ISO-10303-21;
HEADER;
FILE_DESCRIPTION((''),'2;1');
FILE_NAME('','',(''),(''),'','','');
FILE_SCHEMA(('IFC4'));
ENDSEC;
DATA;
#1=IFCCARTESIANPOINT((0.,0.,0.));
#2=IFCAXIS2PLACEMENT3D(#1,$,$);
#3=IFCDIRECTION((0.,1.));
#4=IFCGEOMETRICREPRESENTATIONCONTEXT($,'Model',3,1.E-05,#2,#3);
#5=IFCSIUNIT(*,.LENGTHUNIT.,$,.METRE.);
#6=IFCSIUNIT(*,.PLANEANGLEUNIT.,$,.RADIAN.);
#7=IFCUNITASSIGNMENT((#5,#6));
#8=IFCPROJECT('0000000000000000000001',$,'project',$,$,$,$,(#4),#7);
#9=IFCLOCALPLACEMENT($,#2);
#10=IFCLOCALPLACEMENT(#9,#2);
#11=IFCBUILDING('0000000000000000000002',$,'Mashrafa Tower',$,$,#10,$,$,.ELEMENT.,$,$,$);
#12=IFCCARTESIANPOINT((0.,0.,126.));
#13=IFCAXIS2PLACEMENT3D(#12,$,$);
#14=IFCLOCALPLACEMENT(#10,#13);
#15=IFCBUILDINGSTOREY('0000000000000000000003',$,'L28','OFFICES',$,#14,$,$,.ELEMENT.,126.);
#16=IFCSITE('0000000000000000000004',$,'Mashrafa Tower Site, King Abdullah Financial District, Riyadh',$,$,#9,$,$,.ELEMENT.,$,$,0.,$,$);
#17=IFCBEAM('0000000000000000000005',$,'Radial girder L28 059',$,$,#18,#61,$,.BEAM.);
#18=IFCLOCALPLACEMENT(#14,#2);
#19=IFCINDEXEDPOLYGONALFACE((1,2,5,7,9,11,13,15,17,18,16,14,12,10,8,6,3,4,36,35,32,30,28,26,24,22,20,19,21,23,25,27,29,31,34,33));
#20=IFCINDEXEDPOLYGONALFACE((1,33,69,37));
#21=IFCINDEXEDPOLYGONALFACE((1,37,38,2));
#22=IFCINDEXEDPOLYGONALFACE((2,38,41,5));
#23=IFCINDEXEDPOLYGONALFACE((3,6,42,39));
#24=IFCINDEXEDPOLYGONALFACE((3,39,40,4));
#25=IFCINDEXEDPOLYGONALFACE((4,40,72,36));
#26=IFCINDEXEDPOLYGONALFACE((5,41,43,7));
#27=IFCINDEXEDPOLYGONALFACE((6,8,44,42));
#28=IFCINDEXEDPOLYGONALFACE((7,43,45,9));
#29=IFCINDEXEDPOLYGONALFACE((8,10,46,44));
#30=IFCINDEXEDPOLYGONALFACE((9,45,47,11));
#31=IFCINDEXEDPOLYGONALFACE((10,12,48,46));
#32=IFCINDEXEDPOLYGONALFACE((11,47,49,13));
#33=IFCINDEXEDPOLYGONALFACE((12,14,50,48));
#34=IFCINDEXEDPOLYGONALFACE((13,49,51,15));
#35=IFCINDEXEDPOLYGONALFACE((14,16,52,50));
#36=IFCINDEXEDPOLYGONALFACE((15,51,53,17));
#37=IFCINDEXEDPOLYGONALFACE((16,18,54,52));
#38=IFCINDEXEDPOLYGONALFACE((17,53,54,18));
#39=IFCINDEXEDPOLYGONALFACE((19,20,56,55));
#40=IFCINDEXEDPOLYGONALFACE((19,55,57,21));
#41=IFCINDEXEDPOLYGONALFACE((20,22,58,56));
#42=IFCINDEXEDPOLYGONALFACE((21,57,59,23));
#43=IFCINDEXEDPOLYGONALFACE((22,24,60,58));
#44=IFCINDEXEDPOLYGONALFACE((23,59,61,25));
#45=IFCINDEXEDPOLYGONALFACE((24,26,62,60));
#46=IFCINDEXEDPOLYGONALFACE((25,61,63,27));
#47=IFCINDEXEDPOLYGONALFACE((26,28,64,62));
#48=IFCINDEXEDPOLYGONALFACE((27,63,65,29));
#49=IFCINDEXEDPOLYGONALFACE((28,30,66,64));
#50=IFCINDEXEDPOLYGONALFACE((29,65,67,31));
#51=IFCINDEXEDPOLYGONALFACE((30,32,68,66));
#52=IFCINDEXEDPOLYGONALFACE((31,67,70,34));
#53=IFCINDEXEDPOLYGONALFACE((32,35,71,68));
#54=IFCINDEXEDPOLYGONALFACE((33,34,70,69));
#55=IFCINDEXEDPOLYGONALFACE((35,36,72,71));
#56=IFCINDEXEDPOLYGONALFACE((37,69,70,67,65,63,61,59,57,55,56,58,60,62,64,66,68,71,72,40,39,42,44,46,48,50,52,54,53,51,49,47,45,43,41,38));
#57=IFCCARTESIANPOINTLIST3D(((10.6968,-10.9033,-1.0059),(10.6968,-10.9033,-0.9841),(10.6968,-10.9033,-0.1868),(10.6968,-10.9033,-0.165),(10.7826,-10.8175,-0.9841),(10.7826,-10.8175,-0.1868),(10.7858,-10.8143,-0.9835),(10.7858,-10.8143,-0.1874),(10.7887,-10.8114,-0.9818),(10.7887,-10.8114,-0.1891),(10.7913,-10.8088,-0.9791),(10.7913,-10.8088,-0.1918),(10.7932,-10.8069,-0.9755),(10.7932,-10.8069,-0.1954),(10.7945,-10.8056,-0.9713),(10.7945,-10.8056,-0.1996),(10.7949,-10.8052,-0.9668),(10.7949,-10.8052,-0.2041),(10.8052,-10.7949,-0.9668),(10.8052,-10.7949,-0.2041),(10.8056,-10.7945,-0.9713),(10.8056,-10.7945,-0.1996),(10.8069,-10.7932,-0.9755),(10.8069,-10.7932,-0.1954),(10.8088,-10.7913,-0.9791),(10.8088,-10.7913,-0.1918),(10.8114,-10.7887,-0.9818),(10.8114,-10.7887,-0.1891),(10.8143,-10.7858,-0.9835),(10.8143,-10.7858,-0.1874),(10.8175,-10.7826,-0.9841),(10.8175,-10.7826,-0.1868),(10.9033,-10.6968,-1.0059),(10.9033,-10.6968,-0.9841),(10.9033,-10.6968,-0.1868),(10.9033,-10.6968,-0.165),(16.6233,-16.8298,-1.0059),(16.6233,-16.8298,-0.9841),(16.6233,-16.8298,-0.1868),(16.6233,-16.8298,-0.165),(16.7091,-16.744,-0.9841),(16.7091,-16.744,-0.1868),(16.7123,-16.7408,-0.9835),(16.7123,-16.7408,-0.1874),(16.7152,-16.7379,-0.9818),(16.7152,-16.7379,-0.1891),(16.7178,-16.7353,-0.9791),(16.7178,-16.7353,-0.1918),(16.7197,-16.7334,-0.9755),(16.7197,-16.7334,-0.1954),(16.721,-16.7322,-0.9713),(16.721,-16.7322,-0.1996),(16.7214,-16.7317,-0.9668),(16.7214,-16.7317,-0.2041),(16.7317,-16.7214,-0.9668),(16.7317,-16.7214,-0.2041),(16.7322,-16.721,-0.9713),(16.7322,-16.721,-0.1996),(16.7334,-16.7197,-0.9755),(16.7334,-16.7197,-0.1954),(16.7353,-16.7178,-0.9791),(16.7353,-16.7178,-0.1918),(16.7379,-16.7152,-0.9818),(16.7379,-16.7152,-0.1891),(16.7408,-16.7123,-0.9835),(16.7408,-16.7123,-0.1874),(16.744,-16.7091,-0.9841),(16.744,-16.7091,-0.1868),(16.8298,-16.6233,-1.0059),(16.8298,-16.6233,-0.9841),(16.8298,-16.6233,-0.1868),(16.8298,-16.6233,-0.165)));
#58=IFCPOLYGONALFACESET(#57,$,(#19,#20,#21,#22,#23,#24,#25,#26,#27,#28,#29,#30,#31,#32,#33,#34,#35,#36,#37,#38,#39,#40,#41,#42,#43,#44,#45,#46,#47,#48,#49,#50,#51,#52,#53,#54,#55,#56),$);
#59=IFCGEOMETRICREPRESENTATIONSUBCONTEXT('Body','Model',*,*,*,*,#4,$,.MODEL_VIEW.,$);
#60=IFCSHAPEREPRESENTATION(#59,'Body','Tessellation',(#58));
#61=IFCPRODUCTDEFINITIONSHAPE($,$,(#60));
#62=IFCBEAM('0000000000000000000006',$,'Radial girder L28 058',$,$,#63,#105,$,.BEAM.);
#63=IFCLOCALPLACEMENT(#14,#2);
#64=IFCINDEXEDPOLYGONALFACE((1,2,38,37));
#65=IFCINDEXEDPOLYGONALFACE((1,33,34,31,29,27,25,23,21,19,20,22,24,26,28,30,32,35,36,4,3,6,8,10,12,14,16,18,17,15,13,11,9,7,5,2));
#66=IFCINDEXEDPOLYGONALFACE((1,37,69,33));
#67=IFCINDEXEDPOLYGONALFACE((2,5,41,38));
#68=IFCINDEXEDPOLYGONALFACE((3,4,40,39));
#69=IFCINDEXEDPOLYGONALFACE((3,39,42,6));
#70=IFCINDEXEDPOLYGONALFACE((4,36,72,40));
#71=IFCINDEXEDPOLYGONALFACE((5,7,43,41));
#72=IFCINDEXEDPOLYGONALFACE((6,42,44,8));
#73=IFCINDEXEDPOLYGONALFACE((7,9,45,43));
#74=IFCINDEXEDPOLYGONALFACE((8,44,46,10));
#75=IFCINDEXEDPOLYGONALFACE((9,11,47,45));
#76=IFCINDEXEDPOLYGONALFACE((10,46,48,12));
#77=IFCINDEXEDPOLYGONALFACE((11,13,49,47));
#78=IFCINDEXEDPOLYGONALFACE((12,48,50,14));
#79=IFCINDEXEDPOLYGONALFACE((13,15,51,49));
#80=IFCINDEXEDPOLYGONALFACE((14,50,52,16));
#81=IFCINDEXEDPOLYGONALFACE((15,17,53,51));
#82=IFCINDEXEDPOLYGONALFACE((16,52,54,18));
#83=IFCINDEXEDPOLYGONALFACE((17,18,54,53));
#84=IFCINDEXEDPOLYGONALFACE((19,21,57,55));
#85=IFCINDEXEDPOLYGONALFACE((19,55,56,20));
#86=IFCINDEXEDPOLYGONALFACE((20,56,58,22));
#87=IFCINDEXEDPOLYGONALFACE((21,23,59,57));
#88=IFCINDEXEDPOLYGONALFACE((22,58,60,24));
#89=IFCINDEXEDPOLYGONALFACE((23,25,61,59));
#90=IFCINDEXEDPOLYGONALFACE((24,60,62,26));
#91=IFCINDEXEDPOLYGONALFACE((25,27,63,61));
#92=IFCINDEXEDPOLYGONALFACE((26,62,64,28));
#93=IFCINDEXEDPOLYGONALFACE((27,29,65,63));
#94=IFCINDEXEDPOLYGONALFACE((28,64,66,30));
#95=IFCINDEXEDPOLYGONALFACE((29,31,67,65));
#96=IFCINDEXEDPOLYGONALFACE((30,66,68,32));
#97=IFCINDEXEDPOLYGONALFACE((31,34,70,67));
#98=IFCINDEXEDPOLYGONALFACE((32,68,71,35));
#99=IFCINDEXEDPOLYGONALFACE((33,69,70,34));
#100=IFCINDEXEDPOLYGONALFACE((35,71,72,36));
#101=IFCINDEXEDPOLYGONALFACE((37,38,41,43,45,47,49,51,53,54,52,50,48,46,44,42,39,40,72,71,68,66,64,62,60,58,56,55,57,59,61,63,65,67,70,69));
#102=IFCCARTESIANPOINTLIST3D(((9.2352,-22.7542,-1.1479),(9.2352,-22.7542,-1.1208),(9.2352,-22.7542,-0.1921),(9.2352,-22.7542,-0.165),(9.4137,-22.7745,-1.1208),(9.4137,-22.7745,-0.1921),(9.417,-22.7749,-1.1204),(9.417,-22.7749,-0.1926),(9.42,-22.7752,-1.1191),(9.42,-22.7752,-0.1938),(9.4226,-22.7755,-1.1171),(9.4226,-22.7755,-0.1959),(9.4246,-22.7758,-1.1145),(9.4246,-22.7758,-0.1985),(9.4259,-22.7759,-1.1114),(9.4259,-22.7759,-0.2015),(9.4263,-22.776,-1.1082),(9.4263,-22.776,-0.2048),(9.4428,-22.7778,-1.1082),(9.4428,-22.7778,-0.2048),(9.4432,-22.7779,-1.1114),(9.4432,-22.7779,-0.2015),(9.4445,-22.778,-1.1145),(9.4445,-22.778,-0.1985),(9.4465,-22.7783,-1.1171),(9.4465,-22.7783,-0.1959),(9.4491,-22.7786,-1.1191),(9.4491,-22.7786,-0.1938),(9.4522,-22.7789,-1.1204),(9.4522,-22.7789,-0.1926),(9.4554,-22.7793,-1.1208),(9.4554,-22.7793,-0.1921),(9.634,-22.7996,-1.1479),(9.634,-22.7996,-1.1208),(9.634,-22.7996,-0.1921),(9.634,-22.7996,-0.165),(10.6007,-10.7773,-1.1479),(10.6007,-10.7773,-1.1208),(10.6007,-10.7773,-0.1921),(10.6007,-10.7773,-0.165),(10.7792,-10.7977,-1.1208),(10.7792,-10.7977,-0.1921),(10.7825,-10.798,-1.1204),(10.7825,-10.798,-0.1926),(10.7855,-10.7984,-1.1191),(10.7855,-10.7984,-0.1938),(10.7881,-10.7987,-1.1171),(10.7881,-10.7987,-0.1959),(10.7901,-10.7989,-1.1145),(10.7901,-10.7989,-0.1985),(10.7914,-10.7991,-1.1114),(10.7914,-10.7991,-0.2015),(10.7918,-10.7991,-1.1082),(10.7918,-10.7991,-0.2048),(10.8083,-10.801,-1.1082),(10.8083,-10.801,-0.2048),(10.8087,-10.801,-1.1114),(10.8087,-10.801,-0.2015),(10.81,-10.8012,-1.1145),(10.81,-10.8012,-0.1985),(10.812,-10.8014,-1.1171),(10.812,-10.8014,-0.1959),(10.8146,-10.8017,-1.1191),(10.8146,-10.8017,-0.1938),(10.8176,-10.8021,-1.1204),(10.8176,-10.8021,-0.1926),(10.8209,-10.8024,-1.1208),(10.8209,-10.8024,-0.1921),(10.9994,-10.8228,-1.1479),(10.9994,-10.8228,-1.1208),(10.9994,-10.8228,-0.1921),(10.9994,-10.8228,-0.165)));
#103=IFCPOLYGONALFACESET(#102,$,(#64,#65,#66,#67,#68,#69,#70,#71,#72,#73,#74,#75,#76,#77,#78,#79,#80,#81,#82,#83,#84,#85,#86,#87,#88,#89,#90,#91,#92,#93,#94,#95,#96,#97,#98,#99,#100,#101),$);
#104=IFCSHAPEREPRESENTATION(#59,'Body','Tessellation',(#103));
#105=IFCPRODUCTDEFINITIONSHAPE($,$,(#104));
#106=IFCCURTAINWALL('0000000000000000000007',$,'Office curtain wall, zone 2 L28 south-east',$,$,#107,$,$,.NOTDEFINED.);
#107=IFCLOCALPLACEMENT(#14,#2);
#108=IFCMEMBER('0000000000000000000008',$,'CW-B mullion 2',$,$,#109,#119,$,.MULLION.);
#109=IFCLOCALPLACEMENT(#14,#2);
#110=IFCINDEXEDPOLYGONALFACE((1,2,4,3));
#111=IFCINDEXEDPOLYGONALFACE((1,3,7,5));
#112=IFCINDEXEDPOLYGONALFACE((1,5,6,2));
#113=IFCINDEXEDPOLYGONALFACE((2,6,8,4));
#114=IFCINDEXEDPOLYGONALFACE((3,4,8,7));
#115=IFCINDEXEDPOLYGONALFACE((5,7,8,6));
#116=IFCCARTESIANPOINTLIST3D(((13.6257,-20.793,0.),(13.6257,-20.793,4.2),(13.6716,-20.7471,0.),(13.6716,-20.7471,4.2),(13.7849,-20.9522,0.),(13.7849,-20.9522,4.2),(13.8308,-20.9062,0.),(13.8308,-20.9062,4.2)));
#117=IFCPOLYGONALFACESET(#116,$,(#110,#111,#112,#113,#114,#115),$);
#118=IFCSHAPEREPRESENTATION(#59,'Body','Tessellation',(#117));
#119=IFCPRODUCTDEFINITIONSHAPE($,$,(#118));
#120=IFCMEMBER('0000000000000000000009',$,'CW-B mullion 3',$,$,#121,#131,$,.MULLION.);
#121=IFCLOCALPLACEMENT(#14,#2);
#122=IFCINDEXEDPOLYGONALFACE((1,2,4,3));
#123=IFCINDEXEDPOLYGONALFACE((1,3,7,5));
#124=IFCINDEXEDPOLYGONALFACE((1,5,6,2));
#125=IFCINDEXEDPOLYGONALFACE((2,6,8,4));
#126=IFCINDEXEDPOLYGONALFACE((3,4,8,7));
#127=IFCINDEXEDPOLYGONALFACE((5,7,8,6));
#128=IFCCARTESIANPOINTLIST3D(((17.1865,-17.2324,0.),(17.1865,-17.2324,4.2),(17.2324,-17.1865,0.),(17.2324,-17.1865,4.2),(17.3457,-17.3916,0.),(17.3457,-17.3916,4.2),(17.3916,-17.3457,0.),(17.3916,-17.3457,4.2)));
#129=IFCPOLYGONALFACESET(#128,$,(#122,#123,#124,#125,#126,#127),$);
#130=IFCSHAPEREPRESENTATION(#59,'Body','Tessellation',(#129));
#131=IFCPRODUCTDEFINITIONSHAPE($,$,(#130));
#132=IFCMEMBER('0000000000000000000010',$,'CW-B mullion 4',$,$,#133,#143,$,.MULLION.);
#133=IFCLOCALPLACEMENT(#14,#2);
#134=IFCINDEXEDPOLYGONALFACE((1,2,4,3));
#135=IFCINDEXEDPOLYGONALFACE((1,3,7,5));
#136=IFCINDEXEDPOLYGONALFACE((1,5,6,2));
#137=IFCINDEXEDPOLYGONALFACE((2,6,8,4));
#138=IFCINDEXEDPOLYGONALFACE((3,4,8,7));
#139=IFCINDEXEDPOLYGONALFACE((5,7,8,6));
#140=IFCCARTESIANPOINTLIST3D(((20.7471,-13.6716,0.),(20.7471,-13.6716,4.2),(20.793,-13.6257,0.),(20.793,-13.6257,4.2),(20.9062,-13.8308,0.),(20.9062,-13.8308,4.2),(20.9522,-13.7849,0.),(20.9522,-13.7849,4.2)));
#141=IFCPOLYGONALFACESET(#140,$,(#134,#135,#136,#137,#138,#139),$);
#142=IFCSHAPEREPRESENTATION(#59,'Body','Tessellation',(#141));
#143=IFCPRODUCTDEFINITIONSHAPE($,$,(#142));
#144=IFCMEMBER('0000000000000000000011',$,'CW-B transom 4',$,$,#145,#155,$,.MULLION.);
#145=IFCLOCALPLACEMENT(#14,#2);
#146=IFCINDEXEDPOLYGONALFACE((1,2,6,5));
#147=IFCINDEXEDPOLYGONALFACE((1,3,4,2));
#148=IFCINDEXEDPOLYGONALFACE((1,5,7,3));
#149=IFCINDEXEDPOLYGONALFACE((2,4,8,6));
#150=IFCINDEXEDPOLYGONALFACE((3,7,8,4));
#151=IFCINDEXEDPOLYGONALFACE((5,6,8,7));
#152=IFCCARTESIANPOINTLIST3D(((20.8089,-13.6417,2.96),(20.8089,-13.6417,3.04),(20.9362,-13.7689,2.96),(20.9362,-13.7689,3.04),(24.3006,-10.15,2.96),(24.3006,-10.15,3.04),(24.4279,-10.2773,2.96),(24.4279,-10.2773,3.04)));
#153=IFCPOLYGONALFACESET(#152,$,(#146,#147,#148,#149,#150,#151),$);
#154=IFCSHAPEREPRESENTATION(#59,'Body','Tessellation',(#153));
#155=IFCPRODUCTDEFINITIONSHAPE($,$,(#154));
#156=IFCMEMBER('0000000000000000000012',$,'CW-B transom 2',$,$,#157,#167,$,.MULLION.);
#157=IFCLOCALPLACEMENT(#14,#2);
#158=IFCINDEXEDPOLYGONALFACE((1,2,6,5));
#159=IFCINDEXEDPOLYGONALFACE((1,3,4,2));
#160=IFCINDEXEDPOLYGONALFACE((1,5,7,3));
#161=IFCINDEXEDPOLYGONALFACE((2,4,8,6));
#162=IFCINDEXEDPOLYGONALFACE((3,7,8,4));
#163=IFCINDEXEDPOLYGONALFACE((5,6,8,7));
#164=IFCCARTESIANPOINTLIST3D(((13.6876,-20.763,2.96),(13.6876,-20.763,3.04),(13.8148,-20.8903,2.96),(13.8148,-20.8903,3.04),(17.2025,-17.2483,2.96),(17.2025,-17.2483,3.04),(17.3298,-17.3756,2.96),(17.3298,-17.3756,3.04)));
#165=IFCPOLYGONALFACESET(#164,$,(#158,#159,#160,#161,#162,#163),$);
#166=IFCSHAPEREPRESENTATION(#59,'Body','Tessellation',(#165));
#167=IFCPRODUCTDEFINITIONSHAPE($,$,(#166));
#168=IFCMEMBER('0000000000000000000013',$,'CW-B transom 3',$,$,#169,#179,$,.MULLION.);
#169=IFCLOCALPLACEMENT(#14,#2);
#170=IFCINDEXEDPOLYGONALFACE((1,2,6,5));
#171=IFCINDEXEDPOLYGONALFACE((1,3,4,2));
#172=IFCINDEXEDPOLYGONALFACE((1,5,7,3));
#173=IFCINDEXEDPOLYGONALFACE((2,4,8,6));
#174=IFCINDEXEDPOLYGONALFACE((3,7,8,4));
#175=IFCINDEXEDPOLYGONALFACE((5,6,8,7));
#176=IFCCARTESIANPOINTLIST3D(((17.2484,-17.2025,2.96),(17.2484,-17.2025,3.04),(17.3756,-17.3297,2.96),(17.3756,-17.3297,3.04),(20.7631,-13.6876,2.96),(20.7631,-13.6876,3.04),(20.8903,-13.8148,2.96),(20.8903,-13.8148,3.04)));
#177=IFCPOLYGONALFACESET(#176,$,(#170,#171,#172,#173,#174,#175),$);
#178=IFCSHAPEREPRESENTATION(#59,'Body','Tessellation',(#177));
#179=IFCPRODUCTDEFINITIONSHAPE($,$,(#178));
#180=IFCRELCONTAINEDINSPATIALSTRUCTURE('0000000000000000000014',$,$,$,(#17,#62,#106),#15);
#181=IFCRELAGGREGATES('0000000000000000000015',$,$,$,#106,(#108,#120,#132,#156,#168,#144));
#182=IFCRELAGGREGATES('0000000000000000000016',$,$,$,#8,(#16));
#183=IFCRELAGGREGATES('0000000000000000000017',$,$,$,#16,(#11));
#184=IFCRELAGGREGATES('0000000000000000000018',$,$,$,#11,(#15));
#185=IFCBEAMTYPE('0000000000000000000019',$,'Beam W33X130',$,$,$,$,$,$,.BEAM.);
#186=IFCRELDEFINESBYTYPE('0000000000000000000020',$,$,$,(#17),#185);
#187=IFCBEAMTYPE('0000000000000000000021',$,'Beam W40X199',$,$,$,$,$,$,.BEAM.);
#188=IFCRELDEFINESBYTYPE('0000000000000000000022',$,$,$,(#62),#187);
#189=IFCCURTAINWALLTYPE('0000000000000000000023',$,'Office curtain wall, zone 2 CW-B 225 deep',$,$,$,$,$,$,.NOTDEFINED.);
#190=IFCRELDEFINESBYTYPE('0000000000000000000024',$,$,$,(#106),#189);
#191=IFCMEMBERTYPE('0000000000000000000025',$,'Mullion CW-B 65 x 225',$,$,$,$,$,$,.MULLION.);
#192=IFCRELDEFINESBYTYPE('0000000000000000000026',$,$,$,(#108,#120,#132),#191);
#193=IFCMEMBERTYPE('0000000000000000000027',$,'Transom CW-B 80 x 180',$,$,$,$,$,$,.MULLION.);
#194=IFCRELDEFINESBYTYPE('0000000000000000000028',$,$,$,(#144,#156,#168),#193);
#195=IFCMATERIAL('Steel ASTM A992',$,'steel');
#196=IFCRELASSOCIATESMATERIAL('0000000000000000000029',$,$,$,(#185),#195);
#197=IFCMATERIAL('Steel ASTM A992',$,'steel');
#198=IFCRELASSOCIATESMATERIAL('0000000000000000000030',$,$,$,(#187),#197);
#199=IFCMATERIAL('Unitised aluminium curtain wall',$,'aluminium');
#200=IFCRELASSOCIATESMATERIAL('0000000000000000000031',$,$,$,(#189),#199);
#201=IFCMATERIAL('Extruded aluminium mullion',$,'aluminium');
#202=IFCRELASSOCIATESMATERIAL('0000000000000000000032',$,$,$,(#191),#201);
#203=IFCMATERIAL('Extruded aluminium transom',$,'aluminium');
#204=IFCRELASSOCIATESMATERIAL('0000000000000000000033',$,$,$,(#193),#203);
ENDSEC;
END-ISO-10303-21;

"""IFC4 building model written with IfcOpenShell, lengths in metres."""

from ifc_helpers import new_model, si_unit, direction, frame, origin, origin_2d, place, context, subcontext, project, spatial, rectangle, i_section, extrude, source, transform, mapped, material, material_profile, profile_set, type_object, type_shapes, element, aggregate, save


model = new_model("IFC4")

# Units and contexts
model_context = context("Model", 3, precision=1e-05, world=origin(), true_north=direction((0.0, 1.0)))
body_context = subcontext(model_context, "Body", "Model", "MODEL_VIEW")
ifc_project = project(units=[si_unit("LENGTHUNIT", "METRE"), si_unit("PLANEANGLEUNIT", "RADIAN")], contexts=[model_context])

# Site, building, storey
site_placement = place(None, origin())
site = spatial("IfcSite", under=ifc_project, at=site_placement, Name="Mashrafa Tower Site, King Abdullah Financial District, Riyadh", CompositionType="ELEMENT", RefElevation=0.0)
building_placement = place(site_placement, origin())
building = spatial("IfcBuilding", under=site, at=building_placement, Name="Mashrafa Tower", CompositionType="ELEMENT")
storey_placement = place(building_placement, frame((0.0, 0.0, 126.0)))
storey = spatial("IfcBuildingStorey", under=building, at=storey_placement, Name="L28", Description="OFFICES", CompositionType="ELEMENT", Elevation=126.0)

# Beams
ifc_material_1 = material(Name="Steel ASTM A992", Category="steel")
ifc_material_profile_1 = material_profile(ifc_material_1, i_section(OverallWidth=0.292, OverallDepth=0.8408, WebThickness=0.0146, FlangeThickness=0.0217, FilletRadius=0.0173, at=origin_2d()), Name="W33X130")
ifc_profile_set_1 = profile_set([ifc_material_profile_1], Name="Steel ASTM A992")
beam_type_1 = type_object("IfcBeamType", Name="Beam W33X130", PredefinedType="BEAM", material=ifc_profile_set_1)
beam_1_placement = place(storey_placement, frame((10.8, -10.8, -0.5854), z_axis=(0.707107, -0.707107, 0.0), x_axis=(0.707107, 0.707107, 0.0)))
element("IfcBeam", 1, at=beam_1_placement, inside=storey, type_object=beam_type_1, Name="Radial girder L28 059", PredefinedType="BEAM", context=body_context, shape_type="SweptSolid", body=[
    extrude(i_section(OverallWidth=0.292, OverallDepth=0.8408, WebThickness=0.0146, FlangeThickness=0.0217, FilletRadius=0.0173, at=origin_2d()), origin(), (0.0, 0.0, 1.0), 8.3813),
])
ifc_material_2 = material(Name="Steel ASTM A992", Category="steel")
ifc_material_profile_2 = material_profile(ifc_material_2, i_section(OverallWidth=0.4014, OverallDepth=0.9829, WebThickness=0.0166, FlangeThickness=0.0271, FilletRadius=0.0127, at=origin_2d()), Name="W40X199")
ifc_profile_set_2 = profile_set([ifc_material_profile_2], Name="Steel ASTM A992")
beam_type_2 = type_object("IfcBeamType", Name="Beam W40X199", PredefinedType="BEAM", material=ifc_profile_set_2)
beam_2_placement = place(storey_placement, frame((10.8, -10.8, -0.6565), z_axis=(-0.113276, -0.993564, 0.0), x_axis=(0.993564, -0.113276, 0.0)))
element("IfcBeam", 2, at=beam_2_placement, inside=storey, type_object=beam_type_2, Name="Radial girder L28 058", PredefinedType="BEAM", context=body_context, shape_type="SweptSolid", body=[
    extrude(i_section(OverallWidth=0.4014, OverallDepth=0.9829, WebThickness=0.0166, FlangeThickness=0.0271, FilletRadius=0.0127, at=origin_2d()), origin(), (0.0, 0.0, 1.0), 12.0544),
])

# Curtain wall, members
ifc_material_3 = material(Name="Unitised aluminium curtain wall", Category="aluminium")
curtain_wall_type = type_object("IfcCurtainWallType", Name="Office curtain wall, zone 2 CW-B 225 deep", PredefinedType="NOTDEFINED", material=ifc_material_3)
curtain_wall_placement = place(storey_placement, origin())
curtain_wall = element("IfcCurtainWall", 3, at=curtain_wall_placement, inside=storey, type_object=curtain_wall_type, Name="Office curtain wall, zone 2 L28 south-east", PredefinedType="NOTDEFINED")
ifc_material_4 = material(Name="Extruded aluminium mullion", Category="aluminium")
ifc_material_profile_3 = material_profile(ifc_material_4, rectangle(XDim=0.2251, YDim=0.0649, at=origin_2d()), Name="Mullion 65x225")
ifc_profile_set_3 = profile_set([ifc_material_profile_3], Name="Extruded aluminium mullion")
member_type_1 = type_object("IfcMemberType", Name="Mullion CW-B 65 x 225", PredefinedType="MULLION", material=ifc_profile_set_3)
shared_shape_1 = source(origin(), body_context, "Body", "SweptSolid", [
    extrude(rectangle(XDim=0.2251, YDim=0.0649, at=origin_2d()), origin(), (0.0, 0.0, 1.0), 4.2),
])
type_shapes(member_type_1, [shared_shape_1])
member_1_placement = place(storey_placement, frame((13.7283, -20.8496, 0.0), z_axis=(0.0, 0.0, 1.0), x_axis=(-0.707107, 0.707107, 0.0)))
member_1 = element("IfcMember", 4, at=member_1_placement, type_object=member_type_1, Name="CW-B mullion 2", PredefinedType="MULLION", context=body_context, shape_type="MappedRepresentation", body=[
    mapped(shared_shape_1, transform((0.0, 0.0, 0.0))),
])
member_2_placement = place(storey_placement, frame((17.2891, -17.2891, 0.0), z_axis=(0.0, 0.0, 1.0), x_axis=(-0.707107, 0.707107, 0.0)))
member_2 = element("IfcMember", 5, at=member_2_placement, type_object=member_type_1, Name="CW-B mullion 3", PredefinedType="MULLION", context=body_context, shape_type="MappedRepresentation", body=[
    mapped(shared_shape_1, transform((0.0, 0.0, 0.0))),
])
member_3_placement = place(storey_placement, frame((20.8496, -13.7283, 0.0), z_axis=(0.0, 0.0, 1.0), x_axis=(-0.707107, 0.707107, 0.0)))
member_3 = element("IfcMember", 6, at=member_3_placement, type_object=member_type_1, Name="CW-B mullion 4", PredefinedType="MULLION", context=body_context, shape_type="MappedRepresentation", body=[
    mapped(shared_shape_1, transform((0.0, 0.0, 0.0))),
])
ifc_material_5 = material(Name="Extruded aluminium transom", Category="aluminium")
ifc_material_profile_4 = material_profile(ifc_material_5, rectangle(XDim=0.1799, YDim=0.0801, at=origin_2d()), Name="Transom 80x180")
ifc_profile_set_4 = profile_set([ifc_material_profile_4], Name="Extruded aluminium transom")
member_type_2 = type_object("IfcMemberType", Name="Transom CW-B 80 x 180", PredefinedType="MULLION", material=ifc_profile_set_4)
shared_shape_2 = source(origin(), body_context, "Body", "SweptSolid", [
    extrude(rectangle(XDim=0.1799, YDim=0.0801, at=origin_2d()), origin(), (0.0, 0.0, 1.0), 4.938),
])
member_4_placement = place(storey_placement, frame((20.8726, -13.7053, 3.0), z_axis=(0.707107, 0.707107, 0.0), x_axis=(-0.707107, 0.707107, 0.0)))
member_4 = element("IfcMember", 7, at=member_4_placement, type_object=member_type_2, Name="CW-B transom 4", PredefinedType="MULLION", context=body_context, shape_type="MappedRepresentation", body=[
    mapped(shared_shape_2, transform((0.0, 0.0, 0.0))),
])
shared_shape_3 = source(origin(), body_context, "Body", "SweptSolid", [
    extrude(rectangle(XDim=0.1799, YDim=0.0801, at=origin_2d()), origin(), (0.0, 0.0, 1.0), 4.9707),
])
type_shapes(member_type_2, [shared_shape_2, shared_shape_3])
member_5_placement = place(storey_placement, frame((13.7512, -20.8267, 3.0), z_axis=(0.707131, 0.707082, 0.0), x_axis=(-0.707082, 0.707131, 0.0)))
member_5 = element("IfcMember", 8, at=member_5_placement, type_object=member_type_2, Name="CW-B transom 2", PredefinedType="MULLION", context=body_context, shape_type="MappedRepresentation", body=[
    mapped(shared_shape_3, transform((0.0, 0.0, 0.0))),
])
member_6_placement = place(storey_placement, frame((17.312, -17.2661, 3.0), z_axis=(0.707082, 0.707131, 0.0), x_axis=(-0.707131, 0.707082, 0.0)))
member_6 = element("IfcMember", 9, at=member_6_placement, type_object=member_type_2, Name="CW-B transom 3", PredefinedType="MULLION", context=body_context, shape_type="MappedRepresentation", body=[
    mapped(shared_shape_3, transform((0.0, 0.0, 0.0))),
])
aggregate(curtain_wall, [member_1, member_2, member_3, member_5, member_6, member_4])

save(model, "model.ifc")
